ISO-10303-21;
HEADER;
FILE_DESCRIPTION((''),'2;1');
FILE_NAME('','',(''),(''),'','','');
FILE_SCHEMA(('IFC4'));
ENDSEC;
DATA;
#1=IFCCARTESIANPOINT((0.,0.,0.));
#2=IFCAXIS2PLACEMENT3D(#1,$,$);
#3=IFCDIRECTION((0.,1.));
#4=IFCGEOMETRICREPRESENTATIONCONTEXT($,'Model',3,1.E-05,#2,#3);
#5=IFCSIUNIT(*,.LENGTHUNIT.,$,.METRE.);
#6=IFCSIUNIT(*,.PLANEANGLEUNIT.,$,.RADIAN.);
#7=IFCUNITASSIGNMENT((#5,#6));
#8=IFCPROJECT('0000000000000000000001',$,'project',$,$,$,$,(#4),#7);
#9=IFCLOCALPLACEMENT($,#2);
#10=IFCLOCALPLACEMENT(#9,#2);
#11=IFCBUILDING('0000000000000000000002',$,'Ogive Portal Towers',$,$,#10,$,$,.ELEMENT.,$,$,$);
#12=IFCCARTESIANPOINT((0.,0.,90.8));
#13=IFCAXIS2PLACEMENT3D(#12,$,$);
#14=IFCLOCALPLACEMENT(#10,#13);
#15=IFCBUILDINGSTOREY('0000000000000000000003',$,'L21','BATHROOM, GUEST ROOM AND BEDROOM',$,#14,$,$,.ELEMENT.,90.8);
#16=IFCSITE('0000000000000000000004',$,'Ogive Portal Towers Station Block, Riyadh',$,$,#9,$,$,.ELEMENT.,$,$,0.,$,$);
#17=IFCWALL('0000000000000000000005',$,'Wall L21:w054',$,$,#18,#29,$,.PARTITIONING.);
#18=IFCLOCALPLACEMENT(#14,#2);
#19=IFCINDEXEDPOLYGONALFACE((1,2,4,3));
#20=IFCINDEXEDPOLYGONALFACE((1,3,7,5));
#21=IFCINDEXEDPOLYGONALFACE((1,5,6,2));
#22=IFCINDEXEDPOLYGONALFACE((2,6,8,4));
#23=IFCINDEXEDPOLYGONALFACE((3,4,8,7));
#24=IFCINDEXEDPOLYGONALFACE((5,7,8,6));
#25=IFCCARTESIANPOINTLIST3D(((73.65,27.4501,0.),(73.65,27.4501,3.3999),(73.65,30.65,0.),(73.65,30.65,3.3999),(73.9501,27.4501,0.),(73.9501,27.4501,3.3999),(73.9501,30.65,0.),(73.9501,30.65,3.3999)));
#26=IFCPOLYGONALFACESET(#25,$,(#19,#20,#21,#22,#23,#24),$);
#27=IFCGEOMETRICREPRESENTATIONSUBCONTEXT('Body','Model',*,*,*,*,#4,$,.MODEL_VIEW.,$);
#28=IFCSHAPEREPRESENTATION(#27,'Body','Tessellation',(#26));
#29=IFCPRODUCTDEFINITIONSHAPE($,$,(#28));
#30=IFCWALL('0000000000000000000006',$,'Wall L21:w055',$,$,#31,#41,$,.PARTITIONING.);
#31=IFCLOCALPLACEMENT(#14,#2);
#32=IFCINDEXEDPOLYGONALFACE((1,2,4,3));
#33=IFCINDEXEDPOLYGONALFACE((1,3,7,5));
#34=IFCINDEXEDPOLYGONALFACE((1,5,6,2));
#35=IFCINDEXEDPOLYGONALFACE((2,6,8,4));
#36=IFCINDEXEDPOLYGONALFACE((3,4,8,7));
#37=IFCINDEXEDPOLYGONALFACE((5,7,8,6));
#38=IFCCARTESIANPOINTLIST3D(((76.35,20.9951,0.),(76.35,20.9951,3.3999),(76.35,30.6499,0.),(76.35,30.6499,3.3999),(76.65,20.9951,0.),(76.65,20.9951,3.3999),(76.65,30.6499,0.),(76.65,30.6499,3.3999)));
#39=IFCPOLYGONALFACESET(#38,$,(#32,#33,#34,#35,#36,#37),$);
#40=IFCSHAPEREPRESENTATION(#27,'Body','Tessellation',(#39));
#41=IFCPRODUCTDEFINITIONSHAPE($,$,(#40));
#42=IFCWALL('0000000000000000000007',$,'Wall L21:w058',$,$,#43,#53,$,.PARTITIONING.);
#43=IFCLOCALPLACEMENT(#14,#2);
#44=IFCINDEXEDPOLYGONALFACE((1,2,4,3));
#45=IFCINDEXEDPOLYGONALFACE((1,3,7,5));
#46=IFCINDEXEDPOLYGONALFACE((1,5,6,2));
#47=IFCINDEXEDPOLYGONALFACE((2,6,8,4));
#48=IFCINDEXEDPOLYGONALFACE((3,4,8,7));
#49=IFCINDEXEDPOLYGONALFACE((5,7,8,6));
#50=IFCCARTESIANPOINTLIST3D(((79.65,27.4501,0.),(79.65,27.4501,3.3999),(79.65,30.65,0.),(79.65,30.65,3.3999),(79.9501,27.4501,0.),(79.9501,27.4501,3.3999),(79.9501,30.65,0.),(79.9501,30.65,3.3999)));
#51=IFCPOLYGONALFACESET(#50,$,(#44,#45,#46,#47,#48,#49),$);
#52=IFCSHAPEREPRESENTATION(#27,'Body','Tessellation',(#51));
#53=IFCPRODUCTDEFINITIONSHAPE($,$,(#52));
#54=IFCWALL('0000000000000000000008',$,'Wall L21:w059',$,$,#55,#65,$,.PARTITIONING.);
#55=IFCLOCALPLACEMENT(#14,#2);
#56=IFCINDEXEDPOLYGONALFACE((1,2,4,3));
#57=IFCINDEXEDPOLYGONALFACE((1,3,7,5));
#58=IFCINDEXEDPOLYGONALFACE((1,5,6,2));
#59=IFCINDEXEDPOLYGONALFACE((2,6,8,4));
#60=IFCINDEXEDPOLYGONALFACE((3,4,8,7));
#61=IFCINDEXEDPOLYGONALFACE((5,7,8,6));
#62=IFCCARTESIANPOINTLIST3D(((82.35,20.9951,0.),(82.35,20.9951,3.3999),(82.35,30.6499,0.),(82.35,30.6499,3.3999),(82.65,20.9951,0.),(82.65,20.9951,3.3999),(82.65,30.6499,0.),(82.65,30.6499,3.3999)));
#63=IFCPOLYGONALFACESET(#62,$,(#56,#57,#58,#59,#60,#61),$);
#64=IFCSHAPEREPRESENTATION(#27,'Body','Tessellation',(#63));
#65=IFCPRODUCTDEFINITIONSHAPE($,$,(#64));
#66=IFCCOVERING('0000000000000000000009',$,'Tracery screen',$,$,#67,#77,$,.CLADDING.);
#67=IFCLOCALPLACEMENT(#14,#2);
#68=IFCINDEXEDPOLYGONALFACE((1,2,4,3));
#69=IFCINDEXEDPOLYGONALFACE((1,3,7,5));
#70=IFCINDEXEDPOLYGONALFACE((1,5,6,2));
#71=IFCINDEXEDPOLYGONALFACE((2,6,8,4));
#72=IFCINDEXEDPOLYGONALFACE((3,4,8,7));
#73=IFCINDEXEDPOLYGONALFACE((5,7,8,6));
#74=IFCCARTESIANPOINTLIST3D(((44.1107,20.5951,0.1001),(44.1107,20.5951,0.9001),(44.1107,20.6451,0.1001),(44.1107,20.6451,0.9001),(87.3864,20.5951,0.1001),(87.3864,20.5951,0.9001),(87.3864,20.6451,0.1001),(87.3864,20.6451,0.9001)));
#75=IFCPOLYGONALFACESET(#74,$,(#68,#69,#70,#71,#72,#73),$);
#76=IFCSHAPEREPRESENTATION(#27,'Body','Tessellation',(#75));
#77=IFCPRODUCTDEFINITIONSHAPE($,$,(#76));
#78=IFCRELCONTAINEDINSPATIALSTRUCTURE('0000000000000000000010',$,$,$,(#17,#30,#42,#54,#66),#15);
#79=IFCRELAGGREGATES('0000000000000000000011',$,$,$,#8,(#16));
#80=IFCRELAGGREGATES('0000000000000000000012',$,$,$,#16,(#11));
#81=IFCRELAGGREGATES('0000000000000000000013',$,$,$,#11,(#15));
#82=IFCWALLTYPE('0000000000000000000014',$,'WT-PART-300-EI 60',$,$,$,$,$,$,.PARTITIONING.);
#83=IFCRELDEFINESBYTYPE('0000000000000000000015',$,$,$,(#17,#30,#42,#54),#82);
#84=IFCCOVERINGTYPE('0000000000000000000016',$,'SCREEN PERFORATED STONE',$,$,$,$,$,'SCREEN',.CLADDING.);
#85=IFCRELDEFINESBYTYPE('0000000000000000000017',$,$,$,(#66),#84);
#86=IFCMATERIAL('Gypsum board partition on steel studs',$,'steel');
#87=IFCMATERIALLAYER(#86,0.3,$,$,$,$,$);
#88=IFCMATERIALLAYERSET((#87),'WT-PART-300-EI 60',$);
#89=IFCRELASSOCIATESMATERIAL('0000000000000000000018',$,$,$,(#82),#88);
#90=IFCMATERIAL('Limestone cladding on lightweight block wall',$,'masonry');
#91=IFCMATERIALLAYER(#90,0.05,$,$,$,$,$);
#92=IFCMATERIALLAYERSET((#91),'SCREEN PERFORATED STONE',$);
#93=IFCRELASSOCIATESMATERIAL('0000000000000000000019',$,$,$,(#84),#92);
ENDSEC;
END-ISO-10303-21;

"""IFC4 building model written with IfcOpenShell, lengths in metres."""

from ifc_helpers import new_model, si_unit, direction, frame, frame_2d, origin, origin_2d, place, context, subcontext, project, spatial, rectangle, extrude, material, layer, layer_set, type_object, element, save


model = new_model("IFC4")

# Units and contexts
model_context = context("Model", 3, precision=1e-05, world=origin(), true_north=direction((0.0, 1.0)))
body_context = subcontext(model_context, "Body", "Model", "MODEL_VIEW")
ifc_project = project(units=[si_unit("LENGTHUNIT", "METRE"), si_unit("PLANEANGLEUNIT", "RADIAN")], contexts=[model_context])

# Site, building, storey
site_placement = place(None, origin())
site = spatial("IfcSite", under=ifc_project, at=site_placement, Name="Ogive Portal Towers Station Block, Riyadh", CompositionType="ELEMENT", RefElevation=0.0)
building_placement = place(site_placement, origin())
building = spatial("IfcBuilding", under=site, at=building_placement, Name="Ogive Portal Towers", CompositionType="ELEMENT")
storey_placement = place(building_placement, frame((0.0, 0.0, 90.8)))
storey = spatial("IfcBuildingStorey", under=building, at=storey_placement, Name="L21", Description="BATHROOM, GUEST ROOM AND BEDROOM", CompositionType="ELEMENT", Elevation=90.8)

# Shared definitions
ifc_material_1 = material(Name="Gypsum board partition on steel studs", Category="steel")
ifc_layer_1 = layer(ifc_material_1, 0.3)
ifc_layer_set_1 = layer_set([ifc_layer_1], Name="WT-PART-300-EI 60")
wall_type = type_object("IfcWallType", Name="WT-PART-300-EI 60", PredefinedType="PARTITIONING", material=ifc_layer_set_1)

# Walls
wall_1_placement = place(storey_placement, frame((73.8, 27.45, 0.0), z_axis=(0.0, 0.0, 1.0), x_axis=(0.0, 1.0, 0.0)))
element("IfcWall", 1, at=wall_1_placement, inside=storey, type_object=wall_type, Name="Wall L21:w054", PredefinedType="PARTITIONING", context=body_context, shape_type="SweptSolid", body=[
    extrude(rectangle(XDim=3.2, YDim=0.3, at=frame_2d((1.6001, 0.0))), origin(), (0.0, 0.0, 1.0), 3.3999),
])
wall_2_placement = place(storey_placement, frame((76.5, 20.9951, 0.0), z_axis=(0.0, 0.0, 1.0), x_axis=(0.0, 1.0, 0.0)))
element("IfcWall", 2, at=wall_2_placement, inside=storey, type_object=wall_type, Name="Wall L21:w055", PredefinedType="PARTITIONING", context=body_context, shape_type="SweptSolid", body=[
    extrude(rectangle(XDim=9.6548, YDim=0.3, at=frame_2d((4.8274, 0.0))), origin(), (0.0, 0.0, 1.0), 3.3999),
])
wall_3_placement = place(storey_placement, frame((79.8, 27.45, 0.0), z_axis=(0.0, 0.0, 1.0), x_axis=(0.0, 1.0, 0.0)))
element("IfcWall", 3, at=wall_3_placement, inside=storey, type_object=wall_type, Name="Wall L21:w058", PredefinedType="PARTITIONING", context=body_context, shape_type="SweptSolid", body=[
    extrude(rectangle(XDim=3.2, YDim=0.3, at=frame_2d((1.6001, 0.0))), origin(), (0.0, 0.0, 1.0), 3.3999),
])
wall_4_placement = place(storey_placement, frame((82.5, 20.9951, 0.0), z_axis=(0.0, 0.0, 1.0), x_axis=(0.0, 1.0, 0.0)))
element("IfcWall", 4, at=wall_4_placement, inside=storey, type_object=wall_type, Name="Wall L21:w059", PredefinedType="PARTITIONING", context=body_context, shape_type="SweptSolid", body=[
    extrude(rectangle(XDim=9.6548, YDim=0.3, at=frame_2d((4.8274, 0.0))), origin(), (0.0, 0.0, 1.0), 3.3999),
])

# Covering
ifc_material_2 = material(Name="Limestone cladding on lightweight block wall", Category="masonry")
ifc_layer_2 = layer(ifc_material_2, 0.05)
ifc_layer_set_2 = layer_set([ifc_layer_2], Name="SCREEN PERFORATED STONE")
covering_type = type_object("IfcCoveringType", Name="SCREEN PERFORATED STONE", ElementType="SCREEN", PredefinedType="CLADDING", material=ifc_layer_set_2)
covering_placement = place(storey_placement, frame((65.7485, 20.6201, 0.1001), z_axis=(0.0, 0.0, 1.0), x_axis=(1.0, 0.0, 0.0)))
element("IfcCovering", 5, at=covering_placement, inside=storey, type_object=covering_type, Name="Tracery screen", PredefinedType="CLADDING", context=body_context, shape_type="SweptSolid", body=[
    extrude(rectangle(XDim=43.2756, YDim=0.05, at=origin_2d()), origin(), (0.0, 0.0, 1.0), 0.8),
])

save(model, "model.ifc")
